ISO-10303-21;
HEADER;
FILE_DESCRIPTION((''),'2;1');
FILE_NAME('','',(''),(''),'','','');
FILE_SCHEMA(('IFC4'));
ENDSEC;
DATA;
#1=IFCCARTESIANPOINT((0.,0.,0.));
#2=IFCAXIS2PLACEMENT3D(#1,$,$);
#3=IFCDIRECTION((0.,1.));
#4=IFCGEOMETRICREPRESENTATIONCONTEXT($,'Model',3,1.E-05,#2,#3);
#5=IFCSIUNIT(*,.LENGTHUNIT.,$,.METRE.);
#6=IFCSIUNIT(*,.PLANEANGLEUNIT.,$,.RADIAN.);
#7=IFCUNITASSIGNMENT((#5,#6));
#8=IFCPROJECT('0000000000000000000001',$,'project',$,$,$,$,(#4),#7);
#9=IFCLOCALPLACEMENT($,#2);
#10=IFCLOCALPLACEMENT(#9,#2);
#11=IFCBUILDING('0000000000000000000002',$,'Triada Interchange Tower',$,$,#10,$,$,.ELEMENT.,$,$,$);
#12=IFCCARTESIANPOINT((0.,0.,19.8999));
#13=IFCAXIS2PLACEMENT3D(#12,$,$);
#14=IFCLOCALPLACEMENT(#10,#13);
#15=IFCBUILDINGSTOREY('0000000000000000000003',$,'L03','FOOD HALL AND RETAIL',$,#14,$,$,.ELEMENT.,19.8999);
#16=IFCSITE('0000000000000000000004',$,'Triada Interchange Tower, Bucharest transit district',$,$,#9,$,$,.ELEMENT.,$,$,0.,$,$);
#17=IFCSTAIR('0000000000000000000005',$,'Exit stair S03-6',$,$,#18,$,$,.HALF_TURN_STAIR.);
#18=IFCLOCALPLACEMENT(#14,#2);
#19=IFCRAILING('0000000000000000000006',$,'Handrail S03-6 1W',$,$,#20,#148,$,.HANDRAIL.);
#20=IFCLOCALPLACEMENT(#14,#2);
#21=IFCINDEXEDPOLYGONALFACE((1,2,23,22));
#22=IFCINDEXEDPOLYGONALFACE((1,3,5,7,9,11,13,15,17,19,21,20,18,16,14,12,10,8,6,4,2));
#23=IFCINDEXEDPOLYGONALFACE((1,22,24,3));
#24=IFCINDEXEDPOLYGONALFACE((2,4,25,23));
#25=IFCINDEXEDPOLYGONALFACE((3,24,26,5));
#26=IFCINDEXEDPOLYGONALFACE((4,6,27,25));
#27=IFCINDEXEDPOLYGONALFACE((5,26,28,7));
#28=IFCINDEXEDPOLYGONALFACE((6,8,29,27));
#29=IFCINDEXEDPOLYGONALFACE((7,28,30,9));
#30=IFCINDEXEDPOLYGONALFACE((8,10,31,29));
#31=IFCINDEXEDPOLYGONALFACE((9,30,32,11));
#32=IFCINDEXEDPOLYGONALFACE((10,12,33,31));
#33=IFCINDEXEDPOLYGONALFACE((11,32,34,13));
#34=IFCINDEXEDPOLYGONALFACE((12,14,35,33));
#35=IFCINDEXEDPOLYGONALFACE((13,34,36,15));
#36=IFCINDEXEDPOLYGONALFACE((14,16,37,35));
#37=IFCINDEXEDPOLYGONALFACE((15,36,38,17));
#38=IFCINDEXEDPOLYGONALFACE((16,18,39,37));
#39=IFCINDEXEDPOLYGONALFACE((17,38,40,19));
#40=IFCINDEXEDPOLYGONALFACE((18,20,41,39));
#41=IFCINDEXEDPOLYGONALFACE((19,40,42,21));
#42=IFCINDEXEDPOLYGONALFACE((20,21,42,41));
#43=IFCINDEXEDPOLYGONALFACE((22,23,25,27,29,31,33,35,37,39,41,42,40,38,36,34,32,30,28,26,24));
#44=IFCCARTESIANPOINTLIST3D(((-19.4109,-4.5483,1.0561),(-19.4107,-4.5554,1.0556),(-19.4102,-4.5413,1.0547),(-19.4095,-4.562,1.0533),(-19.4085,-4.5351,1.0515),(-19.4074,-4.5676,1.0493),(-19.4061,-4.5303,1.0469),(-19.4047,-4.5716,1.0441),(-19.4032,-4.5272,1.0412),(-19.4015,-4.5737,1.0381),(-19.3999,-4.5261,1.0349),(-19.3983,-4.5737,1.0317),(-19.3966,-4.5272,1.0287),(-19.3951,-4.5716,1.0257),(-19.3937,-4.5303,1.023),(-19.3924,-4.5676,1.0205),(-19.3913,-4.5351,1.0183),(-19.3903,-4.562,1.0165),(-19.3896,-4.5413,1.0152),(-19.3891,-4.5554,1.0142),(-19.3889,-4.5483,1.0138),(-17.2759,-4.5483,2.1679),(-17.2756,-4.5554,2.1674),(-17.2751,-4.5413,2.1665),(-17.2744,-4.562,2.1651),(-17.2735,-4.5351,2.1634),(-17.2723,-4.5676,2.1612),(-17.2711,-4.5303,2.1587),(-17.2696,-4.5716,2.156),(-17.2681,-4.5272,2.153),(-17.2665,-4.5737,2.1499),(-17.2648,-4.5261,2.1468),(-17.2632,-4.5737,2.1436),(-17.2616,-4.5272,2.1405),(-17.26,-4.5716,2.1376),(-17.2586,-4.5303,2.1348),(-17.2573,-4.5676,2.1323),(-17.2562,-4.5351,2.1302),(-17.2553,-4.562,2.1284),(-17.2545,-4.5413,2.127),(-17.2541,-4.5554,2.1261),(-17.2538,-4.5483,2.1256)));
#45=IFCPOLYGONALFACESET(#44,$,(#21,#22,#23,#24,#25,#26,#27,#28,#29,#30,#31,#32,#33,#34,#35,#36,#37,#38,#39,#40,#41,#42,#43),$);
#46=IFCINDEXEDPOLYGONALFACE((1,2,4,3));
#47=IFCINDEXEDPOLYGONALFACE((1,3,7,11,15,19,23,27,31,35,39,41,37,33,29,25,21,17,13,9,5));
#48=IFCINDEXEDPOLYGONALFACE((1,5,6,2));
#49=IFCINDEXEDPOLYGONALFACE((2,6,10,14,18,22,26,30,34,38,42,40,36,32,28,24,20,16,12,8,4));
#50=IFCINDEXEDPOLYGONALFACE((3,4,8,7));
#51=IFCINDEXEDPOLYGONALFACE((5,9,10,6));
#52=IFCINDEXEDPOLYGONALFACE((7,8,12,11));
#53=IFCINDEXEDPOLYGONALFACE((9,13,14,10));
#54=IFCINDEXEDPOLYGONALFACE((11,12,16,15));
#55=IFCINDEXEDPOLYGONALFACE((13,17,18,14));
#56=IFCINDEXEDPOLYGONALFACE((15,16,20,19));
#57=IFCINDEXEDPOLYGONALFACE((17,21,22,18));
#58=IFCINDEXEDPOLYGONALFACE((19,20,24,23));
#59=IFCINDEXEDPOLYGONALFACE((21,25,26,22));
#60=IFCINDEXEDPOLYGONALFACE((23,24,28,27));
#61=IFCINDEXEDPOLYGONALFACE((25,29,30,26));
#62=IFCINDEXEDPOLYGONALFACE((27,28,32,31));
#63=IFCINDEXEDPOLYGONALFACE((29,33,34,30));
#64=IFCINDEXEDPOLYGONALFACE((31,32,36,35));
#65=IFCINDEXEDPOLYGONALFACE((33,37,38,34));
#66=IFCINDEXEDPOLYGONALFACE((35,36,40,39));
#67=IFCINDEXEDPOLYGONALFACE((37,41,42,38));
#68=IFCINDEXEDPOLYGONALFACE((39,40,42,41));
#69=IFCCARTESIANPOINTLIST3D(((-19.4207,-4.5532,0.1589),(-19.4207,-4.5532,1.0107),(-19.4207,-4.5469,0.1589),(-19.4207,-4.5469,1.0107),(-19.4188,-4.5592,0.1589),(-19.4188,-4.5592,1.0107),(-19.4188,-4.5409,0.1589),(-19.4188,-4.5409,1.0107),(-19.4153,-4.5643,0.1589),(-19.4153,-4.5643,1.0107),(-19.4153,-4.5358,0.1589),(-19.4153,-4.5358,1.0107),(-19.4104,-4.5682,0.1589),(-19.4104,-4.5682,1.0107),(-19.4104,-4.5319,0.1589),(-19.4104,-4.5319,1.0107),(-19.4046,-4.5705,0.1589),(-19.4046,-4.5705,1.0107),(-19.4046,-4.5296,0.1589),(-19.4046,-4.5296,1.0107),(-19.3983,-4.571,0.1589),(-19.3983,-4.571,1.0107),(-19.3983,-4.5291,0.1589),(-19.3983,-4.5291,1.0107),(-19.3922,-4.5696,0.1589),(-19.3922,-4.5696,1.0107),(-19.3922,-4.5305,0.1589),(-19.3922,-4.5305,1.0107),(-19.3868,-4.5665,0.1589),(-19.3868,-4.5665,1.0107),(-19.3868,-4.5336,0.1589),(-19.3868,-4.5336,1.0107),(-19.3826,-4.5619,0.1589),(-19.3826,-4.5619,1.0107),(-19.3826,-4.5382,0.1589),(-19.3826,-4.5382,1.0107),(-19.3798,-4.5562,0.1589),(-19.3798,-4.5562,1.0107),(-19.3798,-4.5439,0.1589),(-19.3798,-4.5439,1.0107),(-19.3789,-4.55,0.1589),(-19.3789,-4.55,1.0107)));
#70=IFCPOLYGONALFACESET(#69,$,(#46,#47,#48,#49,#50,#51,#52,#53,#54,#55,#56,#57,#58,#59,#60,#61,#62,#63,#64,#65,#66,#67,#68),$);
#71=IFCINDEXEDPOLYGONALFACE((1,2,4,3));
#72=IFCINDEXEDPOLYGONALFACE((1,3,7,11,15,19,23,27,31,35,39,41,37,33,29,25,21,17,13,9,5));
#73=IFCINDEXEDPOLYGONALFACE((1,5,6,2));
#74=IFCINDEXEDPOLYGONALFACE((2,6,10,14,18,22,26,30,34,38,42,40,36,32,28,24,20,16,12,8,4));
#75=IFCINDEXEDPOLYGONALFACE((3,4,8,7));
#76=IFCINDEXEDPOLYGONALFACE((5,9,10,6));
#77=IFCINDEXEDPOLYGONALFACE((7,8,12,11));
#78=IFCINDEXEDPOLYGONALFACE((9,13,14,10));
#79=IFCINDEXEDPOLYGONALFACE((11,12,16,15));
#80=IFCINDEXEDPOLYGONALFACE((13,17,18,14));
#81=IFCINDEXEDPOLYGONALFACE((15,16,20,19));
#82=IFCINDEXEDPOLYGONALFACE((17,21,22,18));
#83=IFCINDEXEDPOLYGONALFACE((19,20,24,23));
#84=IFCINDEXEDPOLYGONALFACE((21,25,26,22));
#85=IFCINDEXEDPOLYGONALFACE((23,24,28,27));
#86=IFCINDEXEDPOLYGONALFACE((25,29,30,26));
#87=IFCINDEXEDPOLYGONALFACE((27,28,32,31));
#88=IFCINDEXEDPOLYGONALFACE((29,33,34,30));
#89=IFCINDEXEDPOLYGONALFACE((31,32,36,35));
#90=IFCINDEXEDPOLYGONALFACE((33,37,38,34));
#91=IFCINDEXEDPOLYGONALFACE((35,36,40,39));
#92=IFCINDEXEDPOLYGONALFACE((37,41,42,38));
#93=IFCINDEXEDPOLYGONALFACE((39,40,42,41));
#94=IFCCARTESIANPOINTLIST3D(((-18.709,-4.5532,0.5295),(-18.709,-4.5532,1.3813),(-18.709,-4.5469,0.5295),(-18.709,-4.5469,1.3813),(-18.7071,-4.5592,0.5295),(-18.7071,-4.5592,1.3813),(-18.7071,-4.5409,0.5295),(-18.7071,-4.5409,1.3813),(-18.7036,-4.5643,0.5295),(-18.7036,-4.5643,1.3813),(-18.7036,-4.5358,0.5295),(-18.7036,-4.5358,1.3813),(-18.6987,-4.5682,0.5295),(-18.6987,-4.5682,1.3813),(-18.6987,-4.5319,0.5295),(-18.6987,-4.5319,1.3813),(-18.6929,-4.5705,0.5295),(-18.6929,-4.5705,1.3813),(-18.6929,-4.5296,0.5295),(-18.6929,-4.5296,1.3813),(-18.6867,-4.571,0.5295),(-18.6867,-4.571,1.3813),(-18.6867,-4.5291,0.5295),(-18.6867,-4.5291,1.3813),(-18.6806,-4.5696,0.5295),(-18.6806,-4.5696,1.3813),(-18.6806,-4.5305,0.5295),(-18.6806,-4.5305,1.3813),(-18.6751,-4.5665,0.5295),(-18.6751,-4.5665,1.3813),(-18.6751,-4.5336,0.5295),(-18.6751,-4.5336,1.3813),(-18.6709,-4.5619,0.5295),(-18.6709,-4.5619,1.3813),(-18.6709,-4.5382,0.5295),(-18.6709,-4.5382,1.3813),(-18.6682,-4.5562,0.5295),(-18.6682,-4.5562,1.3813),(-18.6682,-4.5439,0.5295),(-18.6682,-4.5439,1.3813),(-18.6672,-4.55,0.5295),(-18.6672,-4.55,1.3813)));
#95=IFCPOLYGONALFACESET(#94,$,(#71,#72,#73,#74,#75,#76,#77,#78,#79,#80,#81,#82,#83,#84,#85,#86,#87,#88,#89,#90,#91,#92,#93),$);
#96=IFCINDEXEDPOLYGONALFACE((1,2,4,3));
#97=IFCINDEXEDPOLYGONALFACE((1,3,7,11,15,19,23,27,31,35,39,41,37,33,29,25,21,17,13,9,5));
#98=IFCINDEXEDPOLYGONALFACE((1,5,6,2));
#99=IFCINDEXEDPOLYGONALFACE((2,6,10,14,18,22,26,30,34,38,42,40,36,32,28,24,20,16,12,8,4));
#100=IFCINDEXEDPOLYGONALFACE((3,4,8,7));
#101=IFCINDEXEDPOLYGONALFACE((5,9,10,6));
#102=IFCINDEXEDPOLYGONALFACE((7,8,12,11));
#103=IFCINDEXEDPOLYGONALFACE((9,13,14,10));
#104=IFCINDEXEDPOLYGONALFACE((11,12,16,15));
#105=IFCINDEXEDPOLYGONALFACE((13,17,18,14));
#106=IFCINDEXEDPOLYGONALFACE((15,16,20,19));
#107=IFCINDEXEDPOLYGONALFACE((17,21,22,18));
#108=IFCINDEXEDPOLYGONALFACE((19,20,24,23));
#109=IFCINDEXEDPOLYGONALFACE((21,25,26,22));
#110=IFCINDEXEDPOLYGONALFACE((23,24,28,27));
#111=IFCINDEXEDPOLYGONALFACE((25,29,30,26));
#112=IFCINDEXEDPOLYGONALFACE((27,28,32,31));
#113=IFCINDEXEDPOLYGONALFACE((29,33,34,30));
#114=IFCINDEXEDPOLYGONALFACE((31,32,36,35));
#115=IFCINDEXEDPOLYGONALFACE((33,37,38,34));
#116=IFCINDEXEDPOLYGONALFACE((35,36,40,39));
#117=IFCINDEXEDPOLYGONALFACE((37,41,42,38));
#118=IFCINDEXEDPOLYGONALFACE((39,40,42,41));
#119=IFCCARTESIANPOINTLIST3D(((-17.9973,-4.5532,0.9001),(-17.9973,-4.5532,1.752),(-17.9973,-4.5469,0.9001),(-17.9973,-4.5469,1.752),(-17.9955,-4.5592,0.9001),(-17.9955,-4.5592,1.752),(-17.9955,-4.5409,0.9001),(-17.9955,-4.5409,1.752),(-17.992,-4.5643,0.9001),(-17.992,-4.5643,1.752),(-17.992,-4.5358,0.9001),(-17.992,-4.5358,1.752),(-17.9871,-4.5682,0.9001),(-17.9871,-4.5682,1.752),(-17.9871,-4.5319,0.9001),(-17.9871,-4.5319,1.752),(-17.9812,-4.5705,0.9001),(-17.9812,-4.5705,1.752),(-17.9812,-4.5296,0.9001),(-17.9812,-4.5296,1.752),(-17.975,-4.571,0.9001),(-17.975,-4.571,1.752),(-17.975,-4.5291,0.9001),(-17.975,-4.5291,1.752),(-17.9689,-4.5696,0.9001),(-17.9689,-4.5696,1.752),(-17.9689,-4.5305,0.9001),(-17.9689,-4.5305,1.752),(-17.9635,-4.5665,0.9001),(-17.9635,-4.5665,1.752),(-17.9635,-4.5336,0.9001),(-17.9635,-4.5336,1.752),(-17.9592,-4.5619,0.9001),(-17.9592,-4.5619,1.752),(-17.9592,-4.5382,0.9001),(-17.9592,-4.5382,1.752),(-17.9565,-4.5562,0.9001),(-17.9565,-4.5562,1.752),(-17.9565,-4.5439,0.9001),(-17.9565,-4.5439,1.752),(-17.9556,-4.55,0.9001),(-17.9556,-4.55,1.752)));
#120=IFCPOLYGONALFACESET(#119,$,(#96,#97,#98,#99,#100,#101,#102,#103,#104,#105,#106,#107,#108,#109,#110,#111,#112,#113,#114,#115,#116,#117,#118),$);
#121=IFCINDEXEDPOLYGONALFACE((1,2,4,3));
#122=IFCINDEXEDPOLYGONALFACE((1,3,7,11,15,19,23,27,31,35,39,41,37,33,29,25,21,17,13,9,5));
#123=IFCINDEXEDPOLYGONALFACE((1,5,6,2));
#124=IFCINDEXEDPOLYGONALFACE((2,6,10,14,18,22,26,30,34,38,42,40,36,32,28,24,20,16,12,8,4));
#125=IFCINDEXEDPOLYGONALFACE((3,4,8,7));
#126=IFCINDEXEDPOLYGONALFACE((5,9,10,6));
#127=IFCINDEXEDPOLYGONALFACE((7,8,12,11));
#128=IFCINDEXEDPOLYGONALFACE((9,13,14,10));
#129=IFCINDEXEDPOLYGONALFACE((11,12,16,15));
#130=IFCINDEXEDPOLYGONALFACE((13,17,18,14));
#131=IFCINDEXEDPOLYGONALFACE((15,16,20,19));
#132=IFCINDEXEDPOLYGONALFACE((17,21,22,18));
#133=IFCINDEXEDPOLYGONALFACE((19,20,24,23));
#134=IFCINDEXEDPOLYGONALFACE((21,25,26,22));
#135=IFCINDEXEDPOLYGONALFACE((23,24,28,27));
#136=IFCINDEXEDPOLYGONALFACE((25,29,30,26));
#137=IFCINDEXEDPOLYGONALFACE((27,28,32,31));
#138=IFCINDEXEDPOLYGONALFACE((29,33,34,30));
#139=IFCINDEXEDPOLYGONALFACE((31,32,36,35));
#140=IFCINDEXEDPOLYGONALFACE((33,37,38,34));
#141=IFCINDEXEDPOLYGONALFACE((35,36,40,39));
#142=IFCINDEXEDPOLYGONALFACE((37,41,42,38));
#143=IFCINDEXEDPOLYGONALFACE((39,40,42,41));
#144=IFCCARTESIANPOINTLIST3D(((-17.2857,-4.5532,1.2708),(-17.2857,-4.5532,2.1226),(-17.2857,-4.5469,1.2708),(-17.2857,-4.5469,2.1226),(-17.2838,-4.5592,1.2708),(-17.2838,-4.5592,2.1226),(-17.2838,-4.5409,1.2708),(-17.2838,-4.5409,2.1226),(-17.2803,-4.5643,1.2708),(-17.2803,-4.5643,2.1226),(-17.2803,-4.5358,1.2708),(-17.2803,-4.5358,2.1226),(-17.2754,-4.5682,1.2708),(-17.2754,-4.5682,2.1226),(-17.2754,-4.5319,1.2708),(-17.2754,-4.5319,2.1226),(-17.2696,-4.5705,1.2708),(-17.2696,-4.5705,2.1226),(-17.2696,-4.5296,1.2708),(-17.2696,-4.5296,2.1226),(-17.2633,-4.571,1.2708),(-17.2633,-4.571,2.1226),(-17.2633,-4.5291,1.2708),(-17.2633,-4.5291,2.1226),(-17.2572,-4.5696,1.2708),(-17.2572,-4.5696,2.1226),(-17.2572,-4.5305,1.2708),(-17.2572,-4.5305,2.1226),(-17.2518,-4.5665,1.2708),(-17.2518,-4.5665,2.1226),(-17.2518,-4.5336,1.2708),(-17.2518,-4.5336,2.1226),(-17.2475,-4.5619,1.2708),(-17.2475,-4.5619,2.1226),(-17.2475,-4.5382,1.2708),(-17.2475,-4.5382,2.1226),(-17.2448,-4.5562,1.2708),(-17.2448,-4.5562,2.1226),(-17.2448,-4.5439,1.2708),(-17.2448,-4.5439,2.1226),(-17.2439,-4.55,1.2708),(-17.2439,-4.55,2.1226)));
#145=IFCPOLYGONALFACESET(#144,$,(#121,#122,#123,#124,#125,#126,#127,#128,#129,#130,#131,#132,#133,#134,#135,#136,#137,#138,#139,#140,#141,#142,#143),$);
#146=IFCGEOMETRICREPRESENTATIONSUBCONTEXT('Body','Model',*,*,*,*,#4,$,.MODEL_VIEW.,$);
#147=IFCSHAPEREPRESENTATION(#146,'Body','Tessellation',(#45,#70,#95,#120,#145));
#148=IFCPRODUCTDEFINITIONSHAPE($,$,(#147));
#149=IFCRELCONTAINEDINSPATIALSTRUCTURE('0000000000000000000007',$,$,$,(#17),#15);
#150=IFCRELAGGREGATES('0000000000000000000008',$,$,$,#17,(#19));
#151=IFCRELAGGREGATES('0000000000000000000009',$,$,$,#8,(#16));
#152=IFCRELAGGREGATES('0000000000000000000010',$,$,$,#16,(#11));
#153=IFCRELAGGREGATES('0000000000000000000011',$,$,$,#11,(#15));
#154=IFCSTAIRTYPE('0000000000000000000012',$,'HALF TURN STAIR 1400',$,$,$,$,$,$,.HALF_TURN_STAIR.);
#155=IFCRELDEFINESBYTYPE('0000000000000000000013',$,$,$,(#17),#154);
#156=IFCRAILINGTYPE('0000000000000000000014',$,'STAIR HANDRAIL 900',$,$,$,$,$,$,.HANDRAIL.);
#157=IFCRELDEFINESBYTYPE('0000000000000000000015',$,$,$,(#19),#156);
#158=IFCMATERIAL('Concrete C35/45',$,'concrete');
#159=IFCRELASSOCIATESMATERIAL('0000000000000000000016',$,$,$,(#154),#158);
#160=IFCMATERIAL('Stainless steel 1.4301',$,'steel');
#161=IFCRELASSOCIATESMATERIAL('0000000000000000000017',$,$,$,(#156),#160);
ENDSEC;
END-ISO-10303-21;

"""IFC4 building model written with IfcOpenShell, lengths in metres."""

from ifc_helpers import new_model, si_unit, direction, frame, origin, origin_2d, place, context, subcontext, project, spatial, circle, extrude, material, type_object, element, aggregate, save


model = new_model("IFC4")

# Units and contexts
model_context = context("Model", 3, precision=1e-05, world=origin(), true_north=direction((0.0, 1.0)))
body_context = subcontext(model_context, "Body", "Model", "MODEL_VIEW")
ifc_project = project(units=[si_unit("LENGTHUNIT", "METRE"), si_unit("PLANEANGLEUNIT", "RADIAN")], contexts=[model_context])

# Site, building, storey
site_placement = place(None, origin())
site = spatial("IfcSite", under=ifc_project, at=site_placement, Name="Triada Interchange Tower, Bucharest transit district", CompositionType="ELEMENT", RefElevation=0.0)
building_placement = place(site_placement, origin())
building = spatial("IfcBuilding", under=site, at=building_placement, Name="Triada Interchange Tower", CompositionType="ELEMENT")
storey_placement = place(building_placement, frame((0.0, 0.0, 19.8999)))
storey = spatial("IfcBuildingStorey", under=building, at=storey_placement, Name="L03", Description="FOOD HALL AND RETAIL", CompositionType="ELEMENT", Elevation=19.8999)

# Shared definitions
ifc_material_1 = material(Name="Concrete C35/45", Category="concrete")

# Stair
stair_type = type_object("IfcStairType", Name="HALF TURN STAIR 1400", PredefinedType="HALF_TURN_STAIR", material=ifc_material_1)
stair_1_placement = place(storey_placement, origin())
stair_1 = element("IfcStair", 1, at=stair_1_placement, inside=storey, type_object=stair_type, Name="Exit stair S03-6", PredefinedType="HALF_TURN_STAIR")

# Shared definitions
ifc_material_2 = material(Name="Stainless steel 1.4301", Category="steel")

# Railing
railing_type_1 = type_object("IfcRailingType", Name="STAIR HANDRAIL 900", PredefinedType="HANDRAIL", material=ifc_material_2)
railing_1_placement = place(storey_placement, frame((-19.3999, -4.55, 0.1589)))
railing_1 = element("IfcRailing", 2, at=railing_1_placement, type_object=railing_type_1, Name="Handrail S03-6 1W", PredefinedType="HANDRAIL", context=body_context, shape_type="SweptSolid", body=[
    extrude(circle(Radius=0.0239, at=origin_2d()), frame((0.0, 0.0, 0.876), z_axis=(0.886943, 0.0, 0.46188), x_axis=(0.0, 1.0, 0.0)), (0.0, 0.0, 1.0), 2.4072),
    extrude(circle(Radius=0.021, at=origin_2d()), origin(), (0.0, 0.0, 1.0), 0.8518),
    extrude(circle(Radius=0.021, at=origin_2d()), frame((0.7117, 0.0, 0.3706)), (0.0, 0.0, 1.0), 0.8518),
    extrude(circle(Radius=0.021, at=origin_2d()), frame((1.4233, 0.0, 0.7412)), (0.0, 0.0, 1.0), 0.8518),
    extrude(circle(Radius=0.021, at=origin_2d()), frame((2.135, 0.0, 1.1118)), (0.0, 0.0, 1.0), 0.8518),
])
aggregate(stair_1, [railing_1])

save(model, "model.ifc")
